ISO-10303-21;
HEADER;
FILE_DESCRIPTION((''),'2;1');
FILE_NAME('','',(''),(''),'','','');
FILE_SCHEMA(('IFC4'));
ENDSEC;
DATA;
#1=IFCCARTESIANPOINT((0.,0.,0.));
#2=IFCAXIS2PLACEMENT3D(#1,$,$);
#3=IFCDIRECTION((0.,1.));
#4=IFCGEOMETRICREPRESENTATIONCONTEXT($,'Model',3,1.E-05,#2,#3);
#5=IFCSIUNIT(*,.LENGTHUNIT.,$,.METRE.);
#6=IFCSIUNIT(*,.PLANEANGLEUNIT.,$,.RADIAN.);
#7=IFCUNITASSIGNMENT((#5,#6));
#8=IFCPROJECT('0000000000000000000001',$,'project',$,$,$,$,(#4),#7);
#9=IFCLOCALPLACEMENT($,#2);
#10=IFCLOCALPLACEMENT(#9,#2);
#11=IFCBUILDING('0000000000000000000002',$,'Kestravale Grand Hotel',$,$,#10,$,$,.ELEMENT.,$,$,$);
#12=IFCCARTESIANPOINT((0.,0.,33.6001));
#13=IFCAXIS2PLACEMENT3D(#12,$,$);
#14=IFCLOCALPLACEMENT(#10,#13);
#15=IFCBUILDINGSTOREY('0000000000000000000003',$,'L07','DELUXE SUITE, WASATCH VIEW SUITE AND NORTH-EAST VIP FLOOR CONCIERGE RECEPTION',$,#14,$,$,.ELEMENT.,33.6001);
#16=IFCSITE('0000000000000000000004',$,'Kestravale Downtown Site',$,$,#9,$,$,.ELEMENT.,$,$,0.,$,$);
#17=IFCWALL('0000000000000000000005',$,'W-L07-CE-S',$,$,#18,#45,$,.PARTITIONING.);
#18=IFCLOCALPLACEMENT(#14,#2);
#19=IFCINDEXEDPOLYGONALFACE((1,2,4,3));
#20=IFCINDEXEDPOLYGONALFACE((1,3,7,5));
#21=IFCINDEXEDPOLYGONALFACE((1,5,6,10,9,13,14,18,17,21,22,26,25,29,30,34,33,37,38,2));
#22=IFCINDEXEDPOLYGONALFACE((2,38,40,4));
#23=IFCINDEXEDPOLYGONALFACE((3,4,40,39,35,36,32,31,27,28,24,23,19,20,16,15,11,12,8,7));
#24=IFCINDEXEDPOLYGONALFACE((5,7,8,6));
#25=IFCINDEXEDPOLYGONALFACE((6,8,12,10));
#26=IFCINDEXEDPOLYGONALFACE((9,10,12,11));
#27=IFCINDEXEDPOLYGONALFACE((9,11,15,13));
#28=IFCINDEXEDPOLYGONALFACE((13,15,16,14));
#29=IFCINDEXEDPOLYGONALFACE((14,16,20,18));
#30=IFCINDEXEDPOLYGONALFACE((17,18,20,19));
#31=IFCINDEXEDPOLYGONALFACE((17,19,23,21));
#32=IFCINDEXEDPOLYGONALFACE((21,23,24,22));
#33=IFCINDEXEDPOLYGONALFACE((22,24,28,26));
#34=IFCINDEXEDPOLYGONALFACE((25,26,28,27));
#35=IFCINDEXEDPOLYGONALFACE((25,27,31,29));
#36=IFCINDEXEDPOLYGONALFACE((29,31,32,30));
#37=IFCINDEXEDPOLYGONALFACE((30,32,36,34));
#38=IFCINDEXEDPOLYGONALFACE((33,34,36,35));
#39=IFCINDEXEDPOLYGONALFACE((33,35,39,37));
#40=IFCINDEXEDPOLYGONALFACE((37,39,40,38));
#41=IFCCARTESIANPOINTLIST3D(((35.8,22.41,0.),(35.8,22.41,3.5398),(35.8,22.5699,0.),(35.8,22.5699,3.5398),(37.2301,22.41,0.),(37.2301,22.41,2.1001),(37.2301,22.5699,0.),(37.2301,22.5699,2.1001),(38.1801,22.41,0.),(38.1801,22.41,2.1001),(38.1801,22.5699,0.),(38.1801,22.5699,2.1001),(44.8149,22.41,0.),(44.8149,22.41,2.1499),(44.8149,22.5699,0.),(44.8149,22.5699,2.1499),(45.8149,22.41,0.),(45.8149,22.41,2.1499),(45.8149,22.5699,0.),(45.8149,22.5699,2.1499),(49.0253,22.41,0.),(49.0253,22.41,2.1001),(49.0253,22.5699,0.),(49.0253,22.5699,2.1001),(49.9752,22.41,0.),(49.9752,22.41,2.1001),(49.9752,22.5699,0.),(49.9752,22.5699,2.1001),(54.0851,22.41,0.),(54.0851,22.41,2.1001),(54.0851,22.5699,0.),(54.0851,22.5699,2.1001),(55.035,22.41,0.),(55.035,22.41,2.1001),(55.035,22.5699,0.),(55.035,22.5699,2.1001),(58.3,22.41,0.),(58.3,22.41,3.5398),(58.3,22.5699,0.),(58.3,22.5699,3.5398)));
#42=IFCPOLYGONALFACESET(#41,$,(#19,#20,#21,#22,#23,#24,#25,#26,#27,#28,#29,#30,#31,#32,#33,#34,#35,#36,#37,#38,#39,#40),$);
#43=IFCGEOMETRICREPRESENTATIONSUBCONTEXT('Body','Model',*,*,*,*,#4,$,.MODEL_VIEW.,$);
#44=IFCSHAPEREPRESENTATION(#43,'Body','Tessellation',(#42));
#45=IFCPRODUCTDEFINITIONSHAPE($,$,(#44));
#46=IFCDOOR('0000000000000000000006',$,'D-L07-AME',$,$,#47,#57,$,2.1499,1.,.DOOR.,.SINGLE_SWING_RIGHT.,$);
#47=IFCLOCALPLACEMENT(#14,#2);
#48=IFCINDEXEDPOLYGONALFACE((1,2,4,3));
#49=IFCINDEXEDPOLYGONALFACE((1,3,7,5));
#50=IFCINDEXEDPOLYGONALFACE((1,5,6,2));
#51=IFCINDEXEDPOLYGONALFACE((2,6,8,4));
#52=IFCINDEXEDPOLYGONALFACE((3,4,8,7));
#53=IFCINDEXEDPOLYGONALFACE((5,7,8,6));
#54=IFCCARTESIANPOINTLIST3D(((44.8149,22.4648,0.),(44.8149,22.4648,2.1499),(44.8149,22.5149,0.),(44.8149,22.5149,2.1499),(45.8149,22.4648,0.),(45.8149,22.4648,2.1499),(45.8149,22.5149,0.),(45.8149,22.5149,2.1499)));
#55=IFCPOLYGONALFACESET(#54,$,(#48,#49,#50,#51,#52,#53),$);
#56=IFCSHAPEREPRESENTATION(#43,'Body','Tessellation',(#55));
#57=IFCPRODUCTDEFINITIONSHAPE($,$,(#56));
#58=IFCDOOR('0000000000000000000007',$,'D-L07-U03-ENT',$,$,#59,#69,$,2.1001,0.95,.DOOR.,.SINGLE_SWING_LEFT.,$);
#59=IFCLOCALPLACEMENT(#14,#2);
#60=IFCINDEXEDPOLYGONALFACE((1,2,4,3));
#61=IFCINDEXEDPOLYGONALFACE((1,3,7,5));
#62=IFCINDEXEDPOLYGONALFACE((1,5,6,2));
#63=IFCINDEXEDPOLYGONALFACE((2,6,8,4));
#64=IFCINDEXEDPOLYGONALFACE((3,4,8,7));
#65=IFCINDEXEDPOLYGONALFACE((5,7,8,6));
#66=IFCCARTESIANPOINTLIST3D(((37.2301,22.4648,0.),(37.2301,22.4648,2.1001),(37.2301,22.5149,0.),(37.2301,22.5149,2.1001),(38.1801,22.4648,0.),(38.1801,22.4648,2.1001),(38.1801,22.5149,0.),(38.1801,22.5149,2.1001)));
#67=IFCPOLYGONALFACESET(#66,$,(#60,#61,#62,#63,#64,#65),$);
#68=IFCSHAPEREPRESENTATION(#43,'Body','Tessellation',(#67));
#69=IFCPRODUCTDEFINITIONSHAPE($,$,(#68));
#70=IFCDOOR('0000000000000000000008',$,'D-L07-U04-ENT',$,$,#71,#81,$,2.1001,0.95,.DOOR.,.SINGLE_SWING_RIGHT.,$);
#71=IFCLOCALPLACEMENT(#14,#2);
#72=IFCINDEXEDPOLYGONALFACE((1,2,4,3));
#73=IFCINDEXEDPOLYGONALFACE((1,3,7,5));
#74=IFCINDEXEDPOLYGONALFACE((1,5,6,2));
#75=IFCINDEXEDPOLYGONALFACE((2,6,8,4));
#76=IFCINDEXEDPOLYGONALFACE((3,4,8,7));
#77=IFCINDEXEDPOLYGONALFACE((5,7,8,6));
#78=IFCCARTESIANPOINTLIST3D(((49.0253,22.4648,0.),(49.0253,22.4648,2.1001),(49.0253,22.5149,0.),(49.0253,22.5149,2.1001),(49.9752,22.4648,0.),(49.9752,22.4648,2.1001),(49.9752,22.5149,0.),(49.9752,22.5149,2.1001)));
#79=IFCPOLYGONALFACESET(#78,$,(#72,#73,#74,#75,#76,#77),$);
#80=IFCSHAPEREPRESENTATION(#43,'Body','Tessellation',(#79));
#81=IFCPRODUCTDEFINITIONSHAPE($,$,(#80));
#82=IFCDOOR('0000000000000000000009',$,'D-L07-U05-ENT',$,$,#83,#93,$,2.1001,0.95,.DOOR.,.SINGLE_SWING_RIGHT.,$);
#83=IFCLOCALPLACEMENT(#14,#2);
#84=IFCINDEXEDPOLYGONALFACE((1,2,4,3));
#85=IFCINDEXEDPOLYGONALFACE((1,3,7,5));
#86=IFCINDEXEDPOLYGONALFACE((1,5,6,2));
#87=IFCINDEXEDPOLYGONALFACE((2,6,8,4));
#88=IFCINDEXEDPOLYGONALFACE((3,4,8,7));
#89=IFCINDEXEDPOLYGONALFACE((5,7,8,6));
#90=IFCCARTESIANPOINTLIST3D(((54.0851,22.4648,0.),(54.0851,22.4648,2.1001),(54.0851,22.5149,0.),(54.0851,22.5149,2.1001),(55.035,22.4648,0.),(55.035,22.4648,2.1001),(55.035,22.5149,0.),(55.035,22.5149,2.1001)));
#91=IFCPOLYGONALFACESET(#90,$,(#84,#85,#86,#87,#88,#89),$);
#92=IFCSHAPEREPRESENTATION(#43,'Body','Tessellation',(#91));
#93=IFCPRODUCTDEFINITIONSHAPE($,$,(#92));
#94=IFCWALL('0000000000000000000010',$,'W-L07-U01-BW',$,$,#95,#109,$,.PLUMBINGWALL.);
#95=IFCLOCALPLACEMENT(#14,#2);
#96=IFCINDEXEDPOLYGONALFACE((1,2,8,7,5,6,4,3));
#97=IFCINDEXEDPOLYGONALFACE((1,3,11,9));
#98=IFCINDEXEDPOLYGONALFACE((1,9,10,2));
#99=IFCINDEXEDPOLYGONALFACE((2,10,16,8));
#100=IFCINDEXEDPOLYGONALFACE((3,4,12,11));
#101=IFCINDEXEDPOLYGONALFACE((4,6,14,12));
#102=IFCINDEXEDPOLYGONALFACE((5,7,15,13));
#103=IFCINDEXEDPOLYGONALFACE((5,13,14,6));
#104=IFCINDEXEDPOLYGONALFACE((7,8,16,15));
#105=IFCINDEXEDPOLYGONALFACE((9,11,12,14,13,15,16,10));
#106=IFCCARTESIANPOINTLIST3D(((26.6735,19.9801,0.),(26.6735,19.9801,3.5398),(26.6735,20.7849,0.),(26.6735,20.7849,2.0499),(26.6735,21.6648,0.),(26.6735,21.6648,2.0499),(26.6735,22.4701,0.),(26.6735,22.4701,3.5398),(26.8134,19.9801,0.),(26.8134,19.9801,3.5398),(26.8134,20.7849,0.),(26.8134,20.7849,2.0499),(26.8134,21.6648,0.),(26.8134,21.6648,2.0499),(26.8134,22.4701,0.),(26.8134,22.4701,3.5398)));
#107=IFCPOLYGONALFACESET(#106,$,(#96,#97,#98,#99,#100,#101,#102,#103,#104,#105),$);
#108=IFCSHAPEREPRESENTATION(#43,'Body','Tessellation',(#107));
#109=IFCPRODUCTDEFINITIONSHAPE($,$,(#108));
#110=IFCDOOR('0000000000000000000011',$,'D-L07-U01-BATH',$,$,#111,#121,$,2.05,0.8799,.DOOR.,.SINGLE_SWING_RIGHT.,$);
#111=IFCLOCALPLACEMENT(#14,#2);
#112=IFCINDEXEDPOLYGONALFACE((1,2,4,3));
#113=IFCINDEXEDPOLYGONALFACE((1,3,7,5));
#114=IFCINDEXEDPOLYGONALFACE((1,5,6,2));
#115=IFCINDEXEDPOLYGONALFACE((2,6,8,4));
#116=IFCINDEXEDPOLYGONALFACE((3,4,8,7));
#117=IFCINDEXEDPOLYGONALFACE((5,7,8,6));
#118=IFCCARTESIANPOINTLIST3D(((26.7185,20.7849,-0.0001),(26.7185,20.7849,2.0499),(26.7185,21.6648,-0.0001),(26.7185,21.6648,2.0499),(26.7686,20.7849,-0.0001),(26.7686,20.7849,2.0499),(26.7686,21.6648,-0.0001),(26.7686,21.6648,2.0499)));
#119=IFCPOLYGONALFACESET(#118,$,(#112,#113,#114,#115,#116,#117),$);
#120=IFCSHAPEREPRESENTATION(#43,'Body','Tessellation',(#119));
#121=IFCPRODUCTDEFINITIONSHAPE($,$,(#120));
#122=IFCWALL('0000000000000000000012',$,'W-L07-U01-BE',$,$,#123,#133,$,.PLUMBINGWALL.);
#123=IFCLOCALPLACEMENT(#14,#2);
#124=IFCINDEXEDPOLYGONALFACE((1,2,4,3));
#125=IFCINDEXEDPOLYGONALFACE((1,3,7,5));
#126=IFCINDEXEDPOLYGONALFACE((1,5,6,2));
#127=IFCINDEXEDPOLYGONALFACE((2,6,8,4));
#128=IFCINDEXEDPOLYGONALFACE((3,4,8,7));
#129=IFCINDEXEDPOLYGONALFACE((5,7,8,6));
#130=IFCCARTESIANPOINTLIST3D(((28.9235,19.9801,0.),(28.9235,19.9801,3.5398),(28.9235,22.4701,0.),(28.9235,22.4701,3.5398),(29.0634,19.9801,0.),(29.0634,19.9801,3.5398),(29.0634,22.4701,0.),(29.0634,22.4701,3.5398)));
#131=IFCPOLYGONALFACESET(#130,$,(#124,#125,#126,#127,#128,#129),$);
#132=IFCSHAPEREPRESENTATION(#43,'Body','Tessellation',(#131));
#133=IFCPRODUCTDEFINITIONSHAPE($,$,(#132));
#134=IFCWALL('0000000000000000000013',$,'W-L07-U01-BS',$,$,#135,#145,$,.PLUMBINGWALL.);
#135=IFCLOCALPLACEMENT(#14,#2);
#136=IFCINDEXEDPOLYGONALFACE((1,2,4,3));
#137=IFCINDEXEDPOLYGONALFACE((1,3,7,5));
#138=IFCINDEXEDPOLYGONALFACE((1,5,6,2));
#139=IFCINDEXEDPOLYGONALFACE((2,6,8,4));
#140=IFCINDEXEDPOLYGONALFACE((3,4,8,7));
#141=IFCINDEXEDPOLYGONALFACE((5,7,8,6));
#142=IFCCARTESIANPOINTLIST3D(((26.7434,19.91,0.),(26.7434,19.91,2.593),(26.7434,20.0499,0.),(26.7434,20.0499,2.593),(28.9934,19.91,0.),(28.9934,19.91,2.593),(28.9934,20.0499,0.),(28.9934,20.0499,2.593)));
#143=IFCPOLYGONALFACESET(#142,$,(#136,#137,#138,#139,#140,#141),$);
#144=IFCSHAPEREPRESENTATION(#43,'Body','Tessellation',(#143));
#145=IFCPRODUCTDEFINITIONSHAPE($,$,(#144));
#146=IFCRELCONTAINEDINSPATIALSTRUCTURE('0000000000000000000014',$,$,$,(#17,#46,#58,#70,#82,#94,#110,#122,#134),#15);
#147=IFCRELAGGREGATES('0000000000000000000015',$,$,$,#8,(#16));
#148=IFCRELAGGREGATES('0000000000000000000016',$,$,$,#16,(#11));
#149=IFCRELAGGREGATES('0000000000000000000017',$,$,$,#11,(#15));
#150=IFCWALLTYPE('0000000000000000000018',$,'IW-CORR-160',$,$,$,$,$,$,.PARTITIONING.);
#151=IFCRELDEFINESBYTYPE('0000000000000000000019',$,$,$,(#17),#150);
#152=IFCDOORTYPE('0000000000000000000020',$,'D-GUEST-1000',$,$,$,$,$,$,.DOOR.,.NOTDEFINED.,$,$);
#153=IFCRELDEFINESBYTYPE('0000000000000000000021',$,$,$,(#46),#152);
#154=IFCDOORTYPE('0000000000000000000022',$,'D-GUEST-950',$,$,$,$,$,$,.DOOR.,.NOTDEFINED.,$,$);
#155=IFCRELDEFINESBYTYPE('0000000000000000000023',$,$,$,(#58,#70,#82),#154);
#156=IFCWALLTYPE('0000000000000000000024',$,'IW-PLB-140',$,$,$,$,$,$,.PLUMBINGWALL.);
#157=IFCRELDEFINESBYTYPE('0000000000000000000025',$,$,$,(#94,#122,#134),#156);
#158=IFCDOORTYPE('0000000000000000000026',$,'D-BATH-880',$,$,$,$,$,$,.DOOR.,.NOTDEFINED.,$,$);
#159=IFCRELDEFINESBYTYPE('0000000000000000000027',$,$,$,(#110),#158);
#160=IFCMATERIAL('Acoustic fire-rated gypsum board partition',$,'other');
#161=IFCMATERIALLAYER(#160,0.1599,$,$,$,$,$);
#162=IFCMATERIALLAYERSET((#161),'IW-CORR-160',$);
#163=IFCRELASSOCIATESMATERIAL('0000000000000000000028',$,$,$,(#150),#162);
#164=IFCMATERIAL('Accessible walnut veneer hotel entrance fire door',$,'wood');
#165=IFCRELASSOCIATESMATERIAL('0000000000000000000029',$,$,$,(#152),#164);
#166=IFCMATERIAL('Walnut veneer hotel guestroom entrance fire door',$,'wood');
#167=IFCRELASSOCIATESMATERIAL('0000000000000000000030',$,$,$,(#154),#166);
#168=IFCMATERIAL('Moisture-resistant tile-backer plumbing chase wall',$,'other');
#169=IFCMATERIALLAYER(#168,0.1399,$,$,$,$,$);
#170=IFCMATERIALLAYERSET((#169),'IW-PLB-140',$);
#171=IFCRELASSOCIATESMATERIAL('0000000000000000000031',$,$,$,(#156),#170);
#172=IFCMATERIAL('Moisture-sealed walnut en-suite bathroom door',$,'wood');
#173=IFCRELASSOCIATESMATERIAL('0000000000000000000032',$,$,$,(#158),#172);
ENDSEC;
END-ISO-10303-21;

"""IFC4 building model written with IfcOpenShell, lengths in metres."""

from ifc_helpers import new_model, si_unit, direction, frame, frame_2d, origin, place, context, subcontext, project, spatial, rectangle, extrude, material, layer, layer_set, type_object, element, fill, save


model = new_model("IFC4")

# Units and contexts
model_context = context("Model", 3, precision=1e-05, world=origin(), true_north=direction((0.0, 1.0)))
body_context = subcontext(model_context, "Body", "Model", "MODEL_VIEW")
ifc_project = project(units=[si_unit("LENGTHUNIT", "METRE"), si_unit("PLANEANGLEUNIT", "RADIAN")], contexts=[model_context])

# Site, building, storey
site_placement = place(None, origin())
site = spatial("IfcSite", under=ifc_project, at=site_placement, Name="Kestravale Downtown Site", CompositionType="ELEMENT", RefElevation=0.0)
building_placement = place(site_placement, origin())
building = spatial("IfcBuilding", under=site, at=building_placement, Name="Kestravale Grand Hotel", CompositionType="ELEMENT")
storey_placement = place(building_placement, frame((0.0, 0.0, 33.6001)))
storey = spatial("IfcBuildingStorey", under=building, at=storey_placement, Name="L07", Description="DELUXE SUITE, WASATCH VIEW SUITE AND NORTH-EAST VIP FLOOR CONCIERGE RECEPTION", CompositionType="ELEMENT", Elevation=33.6001)

# Shared definitions
ifc_material_1 = material(Name="Acoustic fire-rated gypsum board partition", Category="other")
ifc_layer_1 = layer(ifc_material_1, 0.1599)
ifc_layer_set_1 = layer_set([ifc_layer_1], Name="IW-CORR-160")
wall_type_1 = type_object("IfcWallType", Name="IW-CORR-160", PredefinedType="PARTITIONING", material=ifc_layer_set_1)

# Wall, openings, doors
wall_1_placement = place(storey_placement, frame((35.8, 22.49, 0.0), z_axis=(0.0, 0.0, 1.0), x_axis=(1.0, 0.0, 0.0)))
wall_1 = element("IfcWall", 1, at=wall_1_placement, inside=storey, type_object=wall_type_1, Name="W-L07-CE-S", PredefinedType="PARTITIONING", context=body_context, shape_type="SweptSolid", body=[
    extrude(rectangle(XDim=22.5, YDim=0.1599, at=frame_2d((11.25, 0.0))), origin(), (0.0, 0.0, 1.0), 3.5398),
])
opening_1_placement = place(wall_1_placement, frame((1.4299, 0.0, 0.0)))
opening_1 = element("IfcOpeningElement", 2, at=opening_1_placement, cuts=wall_1, PredefinedType="OPENING", context=body_context, shape_type="SweptSolid", body=[
    extrude(rectangle(XDim=0.95, YDim=2.1001, at=frame_2d((0.4751, 1.05))), frame((0.0, 0.0898, 0.0), z_axis=(0.0, -1.0, 0.0), x_axis=(1.0, 0.0, 0.0)), (0.0, 0.0, 1.0), 0.1799),
])
opening_2_placement = place(wall_1_placement, frame((9.0149, 0.0, 0.0)))
opening_2 = element("IfcOpeningElement", 3, at=opening_2_placement, cuts=wall_1, PredefinedType="OPENING", context=body_context, shape_type="SweptSolid", body=[
    extrude(rectangle(XDim=1.0, YDim=2.1499, at=frame_2d((0.5, 1.075))), frame((0.0, 0.0898, 0.0), z_axis=(0.0, -1.0, 0.0), x_axis=(1.0, 0.0, 0.0)), (0.0, 0.0, 1.0), 0.1799),
])
opening_3_placement = place(wall_1_placement, frame((13.2251, 0.0, 0.0)))
opening_3 = element("IfcOpeningElement", 4, at=opening_3_placement, cuts=wall_1, PredefinedType="OPENING", context=body_context, shape_type="SweptSolid", body=[
    extrude(rectangle(XDim=0.95, YDim=2.1001, at=frame_2d((0.4751, 1.05))), frame((0.0, 0.0898, 0.0), z_axis=(0.0, -1.0, 0.0), x_axis=(1.0, 0.0, 0.0)), (0.0, 0.0, 1.0), 0.1799),
])
opening_4_placement = place(wall_1_placement, frame((18.2849, 0.0, 0.0)))
opening_4 = element("IfcOpeningElement", 5, at=opening_4_placement, cuts=wall_1, PredefinedType="OPENING", context=body_context, shape_type="SweptSolid", body=[
    extrude(rectangle(XDim=0.95, YDim=2.1001, at=frame_2d((0.4751, 1.05))), frame((0.0, 0.0898, 0.0), z_axis=(0.0, -1.0, 0.0), x_axis=(1.0, 0.0, 0.0)), (0.0, 0.0, 1.0), 0.1799),
])
ifc_material_2 = material(Name="Accessible walnut veneer hotel entrance fire door", Category="wood")
door_type_1 = type_object("IfcDoorType", Name="D-GUEST-1000", OperationType="NOTDEFINED", PredefinedType="DOOR", material=ifc_material_2)
door_1_placement = place(opening_2_placement, origin())
door_1 = element("IfcDoor", 6, at=door_1_placement, inside=storey, type_object=door_type_1, Name="D-L07-AME", OperationType="SINGLE_SWING_RIGHT", OverallHeight=2.1499, OverallWidth=1.0, PredefinedType="DOOR", context=body_context, shape_type="SweptSolid", body=[
    extrude(rectangle(XDim=1.0, YDim=2.1499, at=frame_2d((0.5, 1.075))), frame((0.0, 0.0249, 0.0), z_axis=(0.0, -1.0, 0.0), x_axis=(1.0, 0.0, 0.0)), (0.0, 0.0, 1.0), 0.05),
])
fill(opening_2, door_1)
ifc_material_3 = material(Name="Walnut veneer hotel guestroom entrance fire door", Category="wood")
door_type_2 = type_object("IfcDoorType", Name="D-GUEST-950", OperationType="NOTDEFINED", PredefinedType="DOOR", material=ifc_material_3)
door_2_placement = place(opening_1_placement, origin())
door_2 = element("IfcDoor", 7, at=door_2_placement, inside=storey, type_object=door_type_2, Name="D-L07-U03-ENT", OperationType="SINGLE_SWING_LEFT", OverallHeight=2.1001, OverallWidth=0.95, PredefinedType="DOOR", context=body_context, shape_type="SweptSolid", body=[
    extrude(rectangle(XDim=0.95, YDim=2.1001, at=frame_2d((0.4751, 1.05))), frame((0.0, 0.0249, 0.0), z_axis=(0.0, -1.0, 0.0), x_axis=(1.0, 0.0, 0.0)), (0.0, 0.0, 1.0), 0.05),
])
fill(opening_1, door_2)
door_3_placement = place(opening_3_placement, origin())
door_3 = element("IfcDoor", 8, at=door_3_placement, inside=storey, type_object=door_type_2, Name="D-L07-U04-ENT", OperationType="SINGLE_SWING_RIGHT", OverallHeight=2.1001, OverallWidth=0.95, PredefinedType="DOOR", context=body_context, shape_type="SweptSolid", body=[
    extrude(rectangle(XDim=0.95, YDim=2.1001, at=frame_2d((0.4751, 1.05))), frame((0.0, 0.0249, 0.0), z_axis=(0.0, -1.0, 0.0), x_axis=(1.0, 0.0, 0.0)), (0.0, 0.0, 1.0), 0.05),
])
fill(opening_3, door_3)
door_4_placement = place(opening_4_placement, origin())
door_4 = element("IfcDoor", 9, at=door_4_placement, inside=storey, type_object=door_type_2, Name="D-L07-U05-ENT", OperationType="SINGLE_SWING_RIGHT", OverallHeight=2.1001, OverallWidth=0.95, PredefinedType="DOOR", context=body_context, shape_type="SweptSolid", body=[
    extrude(rectangle(XDim=0.95, YDim=2.1001, at=frame_2d((0.4751, 1.05))), frame((0.0, 0.0249, 0.0), z_axis=(0.0, -1.0, 0.0), x_axis=(1.0, 0.0, 0.0)), (0.0, 0.0, 1.0), 0.05),
])
fill(opening_4, door_4)

# Wall, opening, door
ifc_material_4 = material(Name="Moisture-resistant tile-backer plumbing chase wall", Category="other")
ifc_layer_2 = layer(ifc_material_4, 0.1399)
ifc_layer_set_2 = layer_set([ifc_layer_2], Name="IW-PLB-140")
wall_type_2 = type_object("IfcWallType", Name="IW-PLB-140", PredefinedType="PLUMBINGWALL", material=ifc_layer_set_2)
wall_2_placement = place(storey_placement, frame((26.7434, 19.98, 0.0), z_axis=(0.0, 0.0, 1.0), x_axis=(0.0, 1.0, 0.0)))
wall_2 = element("IfcWall", 10, at=wall_2_placement, inside=storey, type_object=wall_type_2, Name="W-L07-U01-BW", PredefinedType="PLUMBINGWALL", context=body_context, shape_type="SweptSolid", body=[
    extrude(rectangle(XDim=2.49, YDim=0.1399, at=frame_2d((1.2451, 0.0))), origin(), (0.0, 0.0, 1.0), 3.5398),
])
opening_5_placement = place(wall_2_placement, frame((0.8049, 0.0, 0.0)))
opening_5 = element("IfcOpeningElement", 11, at=opening_5_placement, cuts=wall_2, PredefinedType="OPENING", context=body_context, shape_type="SweptSolid", body=[
    extrude(rectangle(XDim=0.8799, YDim=2.05, at=frame_2d((0.4399, 1.0249))), frame((0.0, 0.0798, 0.0), z_axis=(0.0, -1.0, 0.0), x_axis=(1.0, 0.0, 0.0)), (0.0, 0.0, 1.0), 0.1599),
])
ifc_material_5 = material(Name="Moisture-sealed walnut en-suite bathroom door", Category="wood")
door_type_3 = type_object("IfcDoorType", Name="D-BATH-880", OperationType="NOTDEFINED", PredefinedType="DOOR", material=ifc_material_5)
door_5_placement = place(opening_5_placement, origin())
door_5 = element("IfcDoor", 12, at=door_5_placement, inside=storey, type_object=door_type_3, Name="D-L07-U01-BATH", OperationType="SINGLE_SWING_RIGHT", OverallHeight=2.05, OverallWidth=0.8799, PredefinedType="DOOR", context=body_context, shape_type="SweptSolid", body=[
    extrude(rectangle(XDim=0.8799, YDim=2.05, at=frame_2d((0.4399, 1.0249))), frame((0.0, 0.0249, 0.0), z_axis=(0.0, -1.0, 0.0), x_axis=(1.0, 0.0, 0.0)), (0.0, 0.0, 1.0), 0.05),
])
fill(opening_5, door_5)

# Walls
wall_3_placement = place(storey_placement, frame((28.9934, 19.98, 0.0), z_axis=(0.0, 0.0, 1.0), x_axis=(0.0, 1.0, 0.0)))
element("IfcWall", 13, at=wall_3_placement, inside=storey, type_object=wall_type_2, Name="W-L07-U01-BE", PredefinedType="PLUMBINGWALL", context=body_context, shape_type="SweptSolid", body=[
    extrude(rectangle(XDim=2.49, YDim=0.1399, at=frame_2d((1.2451, 0.0))), origin(), (0.0, 0.0, 1.0), 3.5398),
])
wall_4_placement = place(storey_placement, frame((26.7434, 19.98, 0.0), z_axis=(0.0, 0.0, 1.0), x_axis=(1.0, 0.0, 0.0)))
element("IfcWall", 14, at=wall_4_placement, inside=storey, type_object=wall_type_2, Name="W-L07-U01-BS", PredefinedType="PLUMBINGWALL", context=body_context, shape_type="SweptSolid", body=[
    extrude(rectangle(XDim=2.25, YDim=0.1399, at=frame_2d((1.125, 0.0))), origin(), (0.0, 0.0, 1.0), 2.593),
])

save(model, "model.ifc")
